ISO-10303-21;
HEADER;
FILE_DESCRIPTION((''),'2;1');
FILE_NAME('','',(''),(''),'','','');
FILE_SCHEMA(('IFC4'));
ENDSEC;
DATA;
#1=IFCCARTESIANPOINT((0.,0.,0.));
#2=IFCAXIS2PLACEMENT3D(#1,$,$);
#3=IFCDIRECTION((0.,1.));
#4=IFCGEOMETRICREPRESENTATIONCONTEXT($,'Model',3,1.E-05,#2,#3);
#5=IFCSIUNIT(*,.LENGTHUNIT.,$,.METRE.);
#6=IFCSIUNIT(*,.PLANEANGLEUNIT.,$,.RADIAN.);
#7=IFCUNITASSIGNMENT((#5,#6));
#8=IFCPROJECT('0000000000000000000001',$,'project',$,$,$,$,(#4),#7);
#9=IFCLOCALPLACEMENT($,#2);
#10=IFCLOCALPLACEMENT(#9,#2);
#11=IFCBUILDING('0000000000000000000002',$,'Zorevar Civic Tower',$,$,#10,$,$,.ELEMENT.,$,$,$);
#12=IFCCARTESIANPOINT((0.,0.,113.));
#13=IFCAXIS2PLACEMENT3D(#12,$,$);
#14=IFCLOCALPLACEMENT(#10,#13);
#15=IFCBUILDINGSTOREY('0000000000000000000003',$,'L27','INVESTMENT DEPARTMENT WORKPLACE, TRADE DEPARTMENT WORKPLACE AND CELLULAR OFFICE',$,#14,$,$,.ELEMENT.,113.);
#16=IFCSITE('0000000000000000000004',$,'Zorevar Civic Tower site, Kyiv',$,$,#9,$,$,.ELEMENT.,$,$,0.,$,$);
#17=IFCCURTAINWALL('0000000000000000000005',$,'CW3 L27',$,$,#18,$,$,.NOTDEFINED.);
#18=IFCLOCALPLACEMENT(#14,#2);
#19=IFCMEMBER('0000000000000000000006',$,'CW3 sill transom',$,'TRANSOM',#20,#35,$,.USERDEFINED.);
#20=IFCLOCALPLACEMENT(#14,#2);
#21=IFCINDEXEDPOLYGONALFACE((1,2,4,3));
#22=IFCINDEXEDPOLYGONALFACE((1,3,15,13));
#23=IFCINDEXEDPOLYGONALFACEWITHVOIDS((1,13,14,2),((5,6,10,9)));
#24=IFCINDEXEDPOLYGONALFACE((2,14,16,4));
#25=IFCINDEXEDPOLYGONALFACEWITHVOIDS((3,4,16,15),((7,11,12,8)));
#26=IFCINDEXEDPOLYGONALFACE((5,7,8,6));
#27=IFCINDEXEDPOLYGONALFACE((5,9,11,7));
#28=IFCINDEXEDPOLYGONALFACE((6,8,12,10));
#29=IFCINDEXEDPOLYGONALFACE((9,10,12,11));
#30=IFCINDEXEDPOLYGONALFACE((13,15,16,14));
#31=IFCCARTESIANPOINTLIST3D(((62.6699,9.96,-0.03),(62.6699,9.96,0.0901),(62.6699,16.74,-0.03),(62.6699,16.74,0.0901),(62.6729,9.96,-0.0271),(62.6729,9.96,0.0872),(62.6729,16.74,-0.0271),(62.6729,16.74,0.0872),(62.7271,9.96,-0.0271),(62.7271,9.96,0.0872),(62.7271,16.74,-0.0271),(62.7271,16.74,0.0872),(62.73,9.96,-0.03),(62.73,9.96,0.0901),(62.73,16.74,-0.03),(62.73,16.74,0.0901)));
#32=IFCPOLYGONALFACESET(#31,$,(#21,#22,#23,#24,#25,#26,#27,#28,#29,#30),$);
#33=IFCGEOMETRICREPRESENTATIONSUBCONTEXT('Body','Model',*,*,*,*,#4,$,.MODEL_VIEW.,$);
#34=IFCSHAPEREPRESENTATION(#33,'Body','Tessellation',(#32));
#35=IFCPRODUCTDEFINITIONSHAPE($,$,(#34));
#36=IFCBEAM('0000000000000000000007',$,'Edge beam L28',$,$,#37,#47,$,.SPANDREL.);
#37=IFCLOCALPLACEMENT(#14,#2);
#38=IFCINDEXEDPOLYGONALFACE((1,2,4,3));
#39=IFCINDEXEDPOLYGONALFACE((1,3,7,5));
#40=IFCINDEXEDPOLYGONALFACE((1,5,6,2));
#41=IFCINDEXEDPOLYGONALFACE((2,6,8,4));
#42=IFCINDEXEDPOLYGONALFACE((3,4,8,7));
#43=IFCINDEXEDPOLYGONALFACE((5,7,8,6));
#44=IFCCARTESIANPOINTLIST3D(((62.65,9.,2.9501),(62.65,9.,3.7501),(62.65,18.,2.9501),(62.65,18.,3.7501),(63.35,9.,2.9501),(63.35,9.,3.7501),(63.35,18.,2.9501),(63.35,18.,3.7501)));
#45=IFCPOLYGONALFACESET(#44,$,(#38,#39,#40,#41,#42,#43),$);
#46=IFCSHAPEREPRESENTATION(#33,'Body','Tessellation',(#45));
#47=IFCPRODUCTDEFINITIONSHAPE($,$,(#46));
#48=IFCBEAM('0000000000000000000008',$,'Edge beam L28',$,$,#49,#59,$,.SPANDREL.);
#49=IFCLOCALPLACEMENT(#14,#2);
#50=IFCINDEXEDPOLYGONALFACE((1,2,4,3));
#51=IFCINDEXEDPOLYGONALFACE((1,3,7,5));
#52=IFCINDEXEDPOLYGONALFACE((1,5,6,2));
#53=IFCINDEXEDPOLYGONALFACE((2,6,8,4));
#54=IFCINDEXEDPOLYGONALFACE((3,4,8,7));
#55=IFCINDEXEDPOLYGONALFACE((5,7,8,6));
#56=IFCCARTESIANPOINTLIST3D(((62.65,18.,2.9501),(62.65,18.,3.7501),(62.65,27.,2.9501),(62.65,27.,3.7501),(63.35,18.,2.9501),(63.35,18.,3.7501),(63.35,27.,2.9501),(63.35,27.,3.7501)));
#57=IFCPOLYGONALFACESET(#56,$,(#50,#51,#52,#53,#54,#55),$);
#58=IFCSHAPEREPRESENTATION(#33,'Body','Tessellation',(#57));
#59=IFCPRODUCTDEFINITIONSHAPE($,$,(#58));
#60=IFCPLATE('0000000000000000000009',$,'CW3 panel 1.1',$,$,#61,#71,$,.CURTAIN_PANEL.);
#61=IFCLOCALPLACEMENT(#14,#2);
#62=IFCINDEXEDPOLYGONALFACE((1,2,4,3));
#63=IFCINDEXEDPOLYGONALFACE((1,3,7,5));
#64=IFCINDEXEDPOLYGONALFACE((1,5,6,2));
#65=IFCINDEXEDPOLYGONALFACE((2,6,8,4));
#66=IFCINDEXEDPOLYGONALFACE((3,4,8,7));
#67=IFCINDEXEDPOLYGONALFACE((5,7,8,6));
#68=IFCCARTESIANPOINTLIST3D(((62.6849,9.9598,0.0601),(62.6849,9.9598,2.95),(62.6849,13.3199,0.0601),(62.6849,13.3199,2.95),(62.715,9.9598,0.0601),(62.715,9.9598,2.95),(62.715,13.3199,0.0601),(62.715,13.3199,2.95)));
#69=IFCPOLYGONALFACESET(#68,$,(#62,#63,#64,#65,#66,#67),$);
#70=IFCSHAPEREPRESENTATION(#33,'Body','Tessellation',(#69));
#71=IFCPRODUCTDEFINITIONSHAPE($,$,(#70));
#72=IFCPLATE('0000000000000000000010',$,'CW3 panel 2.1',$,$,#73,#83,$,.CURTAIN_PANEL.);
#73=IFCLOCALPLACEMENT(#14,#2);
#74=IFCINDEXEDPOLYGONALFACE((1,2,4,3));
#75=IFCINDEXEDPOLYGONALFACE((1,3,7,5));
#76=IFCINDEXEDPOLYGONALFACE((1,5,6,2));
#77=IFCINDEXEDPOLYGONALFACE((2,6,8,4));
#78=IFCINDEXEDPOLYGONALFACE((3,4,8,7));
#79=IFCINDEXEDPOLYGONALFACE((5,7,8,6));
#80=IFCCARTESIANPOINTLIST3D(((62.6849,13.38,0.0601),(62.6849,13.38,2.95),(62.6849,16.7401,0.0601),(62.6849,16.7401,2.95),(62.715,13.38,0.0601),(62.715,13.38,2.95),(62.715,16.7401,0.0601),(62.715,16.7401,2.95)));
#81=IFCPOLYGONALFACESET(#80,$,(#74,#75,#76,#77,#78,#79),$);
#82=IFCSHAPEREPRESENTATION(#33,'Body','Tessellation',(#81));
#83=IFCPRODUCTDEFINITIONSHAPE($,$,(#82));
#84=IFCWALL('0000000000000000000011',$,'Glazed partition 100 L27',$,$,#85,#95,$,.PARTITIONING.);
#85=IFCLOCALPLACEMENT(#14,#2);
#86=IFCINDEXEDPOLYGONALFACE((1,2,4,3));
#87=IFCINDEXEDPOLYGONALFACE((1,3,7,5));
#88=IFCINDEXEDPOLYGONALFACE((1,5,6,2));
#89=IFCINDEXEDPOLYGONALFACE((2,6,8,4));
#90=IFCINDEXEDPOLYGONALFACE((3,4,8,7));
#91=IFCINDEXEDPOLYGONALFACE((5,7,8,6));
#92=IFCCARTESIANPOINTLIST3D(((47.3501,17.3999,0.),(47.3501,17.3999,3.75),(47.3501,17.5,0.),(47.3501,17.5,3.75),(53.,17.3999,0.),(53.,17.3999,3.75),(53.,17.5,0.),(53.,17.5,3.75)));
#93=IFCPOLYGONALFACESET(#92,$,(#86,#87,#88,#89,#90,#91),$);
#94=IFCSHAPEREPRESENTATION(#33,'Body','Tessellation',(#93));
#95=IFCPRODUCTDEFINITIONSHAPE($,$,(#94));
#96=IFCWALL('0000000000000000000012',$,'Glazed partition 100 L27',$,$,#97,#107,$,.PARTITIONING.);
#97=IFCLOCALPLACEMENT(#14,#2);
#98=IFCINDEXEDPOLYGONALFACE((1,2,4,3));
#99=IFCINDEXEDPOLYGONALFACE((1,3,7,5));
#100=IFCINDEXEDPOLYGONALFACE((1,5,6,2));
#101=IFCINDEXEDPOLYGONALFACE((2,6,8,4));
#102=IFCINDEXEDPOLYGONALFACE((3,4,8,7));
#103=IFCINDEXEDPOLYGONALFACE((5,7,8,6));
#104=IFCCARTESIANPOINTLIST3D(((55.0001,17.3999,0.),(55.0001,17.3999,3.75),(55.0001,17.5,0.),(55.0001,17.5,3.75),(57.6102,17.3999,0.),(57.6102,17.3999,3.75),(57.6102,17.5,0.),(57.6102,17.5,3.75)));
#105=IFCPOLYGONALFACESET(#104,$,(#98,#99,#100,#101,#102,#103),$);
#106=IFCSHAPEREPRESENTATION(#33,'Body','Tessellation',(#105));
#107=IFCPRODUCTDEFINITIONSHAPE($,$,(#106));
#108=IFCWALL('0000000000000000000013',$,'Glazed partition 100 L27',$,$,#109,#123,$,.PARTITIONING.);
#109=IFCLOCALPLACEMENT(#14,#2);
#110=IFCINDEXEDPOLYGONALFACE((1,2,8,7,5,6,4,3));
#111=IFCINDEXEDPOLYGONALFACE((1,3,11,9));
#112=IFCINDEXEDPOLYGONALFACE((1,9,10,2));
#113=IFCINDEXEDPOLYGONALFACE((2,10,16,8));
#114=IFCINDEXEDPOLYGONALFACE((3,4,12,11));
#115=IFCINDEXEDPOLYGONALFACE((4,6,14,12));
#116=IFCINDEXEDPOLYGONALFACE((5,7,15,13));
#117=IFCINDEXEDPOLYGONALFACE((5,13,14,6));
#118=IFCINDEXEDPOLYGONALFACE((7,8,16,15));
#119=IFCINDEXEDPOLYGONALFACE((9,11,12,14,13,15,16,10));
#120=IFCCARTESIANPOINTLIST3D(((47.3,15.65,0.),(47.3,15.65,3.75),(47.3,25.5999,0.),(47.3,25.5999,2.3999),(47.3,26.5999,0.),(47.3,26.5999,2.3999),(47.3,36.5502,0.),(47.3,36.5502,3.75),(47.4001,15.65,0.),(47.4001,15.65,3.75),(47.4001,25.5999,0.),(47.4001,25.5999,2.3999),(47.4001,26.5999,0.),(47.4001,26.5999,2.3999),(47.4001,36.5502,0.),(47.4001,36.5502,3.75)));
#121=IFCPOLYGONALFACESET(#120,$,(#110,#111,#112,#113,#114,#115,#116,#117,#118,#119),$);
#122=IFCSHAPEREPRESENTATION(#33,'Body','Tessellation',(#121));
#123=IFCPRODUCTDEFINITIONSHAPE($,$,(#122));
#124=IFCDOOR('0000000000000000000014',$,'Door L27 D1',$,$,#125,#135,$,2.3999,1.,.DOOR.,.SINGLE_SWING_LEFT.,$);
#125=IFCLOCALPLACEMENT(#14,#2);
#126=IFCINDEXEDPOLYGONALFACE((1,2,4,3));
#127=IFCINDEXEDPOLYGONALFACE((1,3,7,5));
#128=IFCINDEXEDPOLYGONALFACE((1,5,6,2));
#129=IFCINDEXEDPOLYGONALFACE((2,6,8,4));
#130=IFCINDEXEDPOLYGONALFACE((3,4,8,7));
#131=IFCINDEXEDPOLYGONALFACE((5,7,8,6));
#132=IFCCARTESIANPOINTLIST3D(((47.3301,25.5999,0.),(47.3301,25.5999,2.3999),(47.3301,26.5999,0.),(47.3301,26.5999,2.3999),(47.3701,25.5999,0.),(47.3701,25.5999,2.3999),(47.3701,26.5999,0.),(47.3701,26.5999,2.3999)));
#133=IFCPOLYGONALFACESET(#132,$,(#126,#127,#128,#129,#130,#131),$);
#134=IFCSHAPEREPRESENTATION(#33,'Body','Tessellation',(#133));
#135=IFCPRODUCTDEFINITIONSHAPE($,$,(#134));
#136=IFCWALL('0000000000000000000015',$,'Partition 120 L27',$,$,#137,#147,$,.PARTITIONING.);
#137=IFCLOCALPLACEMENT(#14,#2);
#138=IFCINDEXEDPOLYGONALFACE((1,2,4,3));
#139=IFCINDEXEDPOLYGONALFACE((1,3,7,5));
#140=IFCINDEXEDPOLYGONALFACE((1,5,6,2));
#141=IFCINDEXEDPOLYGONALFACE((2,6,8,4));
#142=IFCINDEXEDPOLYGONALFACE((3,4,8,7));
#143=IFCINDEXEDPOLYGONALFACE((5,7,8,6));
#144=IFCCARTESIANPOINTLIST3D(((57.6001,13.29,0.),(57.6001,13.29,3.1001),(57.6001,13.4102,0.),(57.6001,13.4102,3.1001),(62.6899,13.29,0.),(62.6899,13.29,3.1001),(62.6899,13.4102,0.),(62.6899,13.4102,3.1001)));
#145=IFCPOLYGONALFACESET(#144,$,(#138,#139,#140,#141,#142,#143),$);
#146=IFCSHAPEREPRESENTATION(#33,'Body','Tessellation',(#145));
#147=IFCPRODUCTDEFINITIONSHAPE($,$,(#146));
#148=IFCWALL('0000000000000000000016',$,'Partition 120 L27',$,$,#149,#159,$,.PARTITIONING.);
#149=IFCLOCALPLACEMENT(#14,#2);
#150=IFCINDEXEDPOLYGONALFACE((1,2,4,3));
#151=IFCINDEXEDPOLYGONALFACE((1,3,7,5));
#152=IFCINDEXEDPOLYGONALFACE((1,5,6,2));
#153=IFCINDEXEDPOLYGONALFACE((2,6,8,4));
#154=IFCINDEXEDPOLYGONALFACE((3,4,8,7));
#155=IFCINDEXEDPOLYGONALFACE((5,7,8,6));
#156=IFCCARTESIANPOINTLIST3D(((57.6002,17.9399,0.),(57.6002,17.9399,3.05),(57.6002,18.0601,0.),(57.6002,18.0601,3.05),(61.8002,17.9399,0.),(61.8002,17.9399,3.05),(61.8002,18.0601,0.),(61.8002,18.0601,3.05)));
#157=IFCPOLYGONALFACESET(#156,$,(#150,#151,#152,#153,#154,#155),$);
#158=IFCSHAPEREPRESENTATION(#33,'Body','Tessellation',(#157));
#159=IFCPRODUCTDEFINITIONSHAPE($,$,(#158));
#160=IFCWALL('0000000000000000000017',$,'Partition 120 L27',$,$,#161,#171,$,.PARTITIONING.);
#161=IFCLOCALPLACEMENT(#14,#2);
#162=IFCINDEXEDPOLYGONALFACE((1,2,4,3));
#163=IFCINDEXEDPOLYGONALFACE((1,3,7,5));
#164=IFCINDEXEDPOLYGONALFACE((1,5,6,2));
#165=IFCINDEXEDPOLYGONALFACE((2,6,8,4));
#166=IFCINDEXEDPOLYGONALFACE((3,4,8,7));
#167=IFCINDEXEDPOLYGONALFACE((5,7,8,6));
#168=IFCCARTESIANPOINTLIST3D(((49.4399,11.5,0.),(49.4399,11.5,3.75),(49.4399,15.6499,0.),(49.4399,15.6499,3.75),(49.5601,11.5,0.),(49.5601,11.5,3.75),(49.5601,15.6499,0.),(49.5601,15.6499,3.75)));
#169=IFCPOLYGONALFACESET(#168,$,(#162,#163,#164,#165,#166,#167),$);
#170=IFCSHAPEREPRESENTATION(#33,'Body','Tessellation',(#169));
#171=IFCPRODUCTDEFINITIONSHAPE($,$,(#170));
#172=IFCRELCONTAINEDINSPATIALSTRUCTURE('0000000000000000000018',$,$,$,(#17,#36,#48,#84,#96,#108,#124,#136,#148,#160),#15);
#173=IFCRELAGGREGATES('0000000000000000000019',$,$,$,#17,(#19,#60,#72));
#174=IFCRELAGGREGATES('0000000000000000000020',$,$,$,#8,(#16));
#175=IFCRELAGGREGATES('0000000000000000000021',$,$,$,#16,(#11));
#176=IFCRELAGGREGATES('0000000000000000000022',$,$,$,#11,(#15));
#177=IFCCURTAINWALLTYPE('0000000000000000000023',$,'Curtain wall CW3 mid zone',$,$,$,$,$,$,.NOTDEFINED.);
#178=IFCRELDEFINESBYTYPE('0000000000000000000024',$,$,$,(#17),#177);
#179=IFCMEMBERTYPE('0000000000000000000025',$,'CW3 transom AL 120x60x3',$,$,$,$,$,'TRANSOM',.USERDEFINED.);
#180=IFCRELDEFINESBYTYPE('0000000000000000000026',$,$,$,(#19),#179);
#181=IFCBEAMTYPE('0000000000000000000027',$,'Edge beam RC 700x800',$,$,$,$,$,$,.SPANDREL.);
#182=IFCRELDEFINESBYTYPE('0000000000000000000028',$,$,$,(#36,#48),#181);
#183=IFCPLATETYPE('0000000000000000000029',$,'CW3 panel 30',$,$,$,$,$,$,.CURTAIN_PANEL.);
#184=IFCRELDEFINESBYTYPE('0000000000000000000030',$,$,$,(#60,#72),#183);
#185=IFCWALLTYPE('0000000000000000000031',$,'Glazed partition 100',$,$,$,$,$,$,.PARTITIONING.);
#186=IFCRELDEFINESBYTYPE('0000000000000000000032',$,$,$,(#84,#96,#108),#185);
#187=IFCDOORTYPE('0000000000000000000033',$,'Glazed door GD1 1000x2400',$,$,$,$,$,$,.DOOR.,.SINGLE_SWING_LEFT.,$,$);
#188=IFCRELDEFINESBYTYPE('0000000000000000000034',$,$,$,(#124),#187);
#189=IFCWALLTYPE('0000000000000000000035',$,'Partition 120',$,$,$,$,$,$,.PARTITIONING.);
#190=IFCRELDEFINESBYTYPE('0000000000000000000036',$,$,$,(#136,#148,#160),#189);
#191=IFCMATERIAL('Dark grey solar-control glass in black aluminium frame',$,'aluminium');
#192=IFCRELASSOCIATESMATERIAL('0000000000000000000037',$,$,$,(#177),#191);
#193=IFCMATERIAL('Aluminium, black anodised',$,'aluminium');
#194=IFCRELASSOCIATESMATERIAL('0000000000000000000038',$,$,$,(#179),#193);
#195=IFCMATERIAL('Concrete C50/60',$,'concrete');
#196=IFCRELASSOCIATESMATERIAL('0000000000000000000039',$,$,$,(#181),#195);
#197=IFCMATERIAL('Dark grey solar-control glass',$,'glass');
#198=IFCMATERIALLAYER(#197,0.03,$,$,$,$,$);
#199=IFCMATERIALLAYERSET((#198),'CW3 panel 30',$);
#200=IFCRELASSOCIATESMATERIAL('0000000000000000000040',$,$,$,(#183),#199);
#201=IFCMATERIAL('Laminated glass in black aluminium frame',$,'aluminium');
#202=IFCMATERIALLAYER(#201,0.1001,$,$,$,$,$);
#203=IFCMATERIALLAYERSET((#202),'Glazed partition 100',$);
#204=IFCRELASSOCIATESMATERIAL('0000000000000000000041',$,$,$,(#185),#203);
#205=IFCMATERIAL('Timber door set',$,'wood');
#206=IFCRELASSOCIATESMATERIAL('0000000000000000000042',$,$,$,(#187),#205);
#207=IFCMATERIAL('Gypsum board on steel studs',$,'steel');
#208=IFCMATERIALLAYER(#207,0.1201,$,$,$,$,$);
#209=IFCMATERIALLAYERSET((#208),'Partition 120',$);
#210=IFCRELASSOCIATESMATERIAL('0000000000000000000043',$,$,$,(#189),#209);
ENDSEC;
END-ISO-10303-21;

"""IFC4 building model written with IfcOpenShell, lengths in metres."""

from ifc_helpers import new_model, si_unit, direction, frame, frame_2d, origin, origin_2d, place, context, subcontext, project, spatial, rectangle, hollow_rectangle, extrude, material, layer, layer_set, material_profile, profile_set, type_object, element, fill, aggregate, save


model = new_model("IFC4")

# Units and contexts
model_context = context("Model", 3, precision=1e-05, world=origin(), true_north=direction((0.0, 1.0)))
body_context = subcontext(model_context, "Body", "Model", "MODEL_VIEW")
ifc_project = project(units=[si_unit("LENGTHUNIT", "METRE"), si_unit("PLANEANGLEUNIT", "RADIAN")], contexts=[model_context])

# Site, building, storey
site_placement = place(None, origin())
site = spatial("IfcSite", under=ifc_project, at=site_placement, Name="Zorevar Civic Tower site, Kyiv", CompositionType="ELEMENT", RefElevation=0.0)
building_placement = place(site_placement, origin())
building = spatial("IfcBuilding", under=site, at=building_placement, Name="Zorevar Civic Tower", CompositionType="ELEMENT")
storey_placement = place(building_placement, frame((0.0, 0.0, 113.0)))
storey = spatial("IfcBuildingStorey", under=building, at=storey_placement, Name="L27", Description="INVESTMENT DEPARTMENT WORKPLACE, TRADE DEPARTMENT WORKPLACE AND CELLULAR OFFICE", CompositionType="ELEMENT", Elevation=113.0)

# Curtain wall
ifc_material_1 = material(Name="Dark grey solar-control glass in black aluminium frame", Category="aluminium")
curtain_wall_type = type_object("IfcCurtainWallType", Name="Curtain wall CW3 mid zone", PredefinedType="NOTDEFINED", material=ifc_material_1)
curtain_wall_1_placement = place(storey_placement, origin())
curtain_wall_1 = element("IfcCurtainWall", 1, at=curtain_wall_1_placement, inside=storey, type_object=curtain_wall_type, Name="CW3 L27", PredefinedType="NOTDEFINED")

# Member
ifc_material_2 = material(Name="Aluminium, black anodised", Category="aluminium")
ifc_material_profile_1 = material_profile(ifc_material_2, hollow_rectangle(XDim=0.0601, YDim=0.1201, WallThickness=0.0029, at=origin_2d()), Name="AL 120x60x3")
ifc_profile_set_1 = profile_set([ifc_material_profile_1], Name="Aluminium, black anodised")
member_type_1 = type_object("IfcMemberType", Name="CW3 transom AL 120x60x3", ElementType="TRANSOM", PredefinedType="USERDEFINED", material=ifc_profile_set_1)
member_1_placement = place(storey_placement, frame((62.7, 9.96, 0.03), z_axis=(0.0, 1.0, 0.0), x_axis=(-1.0, 0.0, 0.0)))
member_1 = element("IfcMember", 2, at=member_1_placement, type_object=member_type_1, Name="CW3 sill transom", ObjectType="TRANSOM", PredefinedType="USERDEFINED", context=body_context, shape_type="SweptSolid", body=[
    extrude(hollow_rectangle(XDim=0.0601, YDim=0.1201, WallThickness=0.0029, at=origin_2d()), origin(), (0.0, 0.0, 1.0), 6.78),
])

# Beams
ifc_material_3 = material(Name="Concrete C50/60", Category="concrete")
ifc_material_profile_2 = material_profile(ifc_material_3, rectangle(XDim=0.7, YDim=0.8, at=origin_2d()), Name="RC 700x800")
ifc_profile_set_2 = profile_set([ifc_material_profile_2], Name="Concrete C50/60")
beam_type_1 = type_object("IfcBeamType", Name="Edge beam RC 700x800", PredefinedType="SPANDREL", material=ifc_profile_set_2)
for number, where, z_axis, x_axis, name in (
    (3, (63.0, 9.0, 3.3501), (0.0, 1.0, 0.0), (-1.0, 0.0, 0.0), "Edge beam L28"),
    (4, (63.0, 18.0, 3.3501), (0.0, 1.0, 0.0), (-1.0, 0.0, 0.0), "Edge beam L28"),
):
    element("IfcBeam", number, at=place(storey_placement, frame(where, z_axis=z_axis, x_axis=x_axis)), inside=storey, type_object=beam_type_1, Name=name, PredefinedType="SPANDREL", context=body_context, shape_type="SweptSolid", body=[
        extrude(rectangle(XDim=0.7, YDim=0.8, at=origin_2d()), origin(), (0.0, 0.0, 1.0), 9.0),
    ])

# Plates
ifc_material_4 = material(Name="Dark grey solar-control glass", Category="glass")
ifc_layer_1 = layer(ifc_material_4, 0.03)
ifc_layer_set_1 = layer_set([ifc_layer_1], Name="CW3 panel 30")
plate_type = type_object("IfcPlateType", Name="CW3 panel 30", PredefinedType="CURTAIN_PANEL", material=ifc_layer_set_1)
plate_1_placement = place(storey_placement, frame((62.7, 11.6399, 0.0601), z_axis=(0.0, 0.0, 1.0), x_axis=(0.0, 1.0, 0.0)))
plate_1 = element("IfcPlate", 5, at=plate_1_placement, type_object=plate_type, Name="CW3 panel 1.1", PredefinedType="CURTAIN_PANEL", context=body_context, shape_type="SweptSolid", body=[
    extrude(rectangle(XDim=3.3601, YDim=0.03, at=origin_2d()), origin(), (0.0, 0.0, 1.0), 2.8899),
])
plate_2_placement = place(storey_placement, frame((62.7, 15.0601, 0.0601), z_axis=(0.0, 0.0, 1.0), x_axis=(0.0, 1.0, 0.0)))
plate_2 = element("IfcPlate", 6, at=plate_2_placement, type_object=plate_type, Name="CW3 panel 2.1", PredefinedType="CURTAIN_PANEL", context=body_context, shape_type="SweptSolid", body=[
    extrude(rectangle(XDim=3.3601, YDim=0.03, at=origin_2d()), origin(), (0.0, 0.0, 1.0), 2.8899),
])
aggregate(curtain_wall_1, [member_1, plate_1, plate_2])

# Walls
ifc_material_5 = material(Name="Laminated glass in black aluminium frame", Category="aluminium")
ifc_layer_2 = layer(ifc_material_5, 0.1001)
ifc_layer_set_2 = layer_set([ifc_layer_2], Name="Glazed partition 100")
wall_type_1 = type_object("IfcWallType", Name="Glazed partition 100", PredefinedType="PARTITIONING", material=ifc_layer_set_2)
wall_1_placement = place(storey_placement, frame((47.3501, 17.45, 0.0), z_axis=(0.0, 0.0, 1.0), x_axis=(1.0, 0.0, 0.0)))
element("IfcWall", 7, at=wall_1_placement, inside=storey, type_object=wall_type_1, Name="Glazed partition 100 L27", PredefinedType="PARTITIONING", context=body_context, shape_type="SweptSolid", body=[
    extrude(rectangle(XDim=5.6499, YDim=0.1001, at=frame_2d((2.825, 0.0))), origin(), (0.0, 0.0, 1.0), 3.75),
])
wall_2_placement = place(storey_placement, frame((55.0, 17.45, 0.0), z_axis=(0.0, 0.0, 1.0), x_axis=(1.0, 0.0, 0.0)))
element("IfcWall", 8, at=wall_2_placement, inside=storey, type_object=wall_type_1, Name="Glazed partition 100 L27", PredefinedType="PARTITIONING", context=body_context, shape_type="SweptSolid", body=[
    extrude(rectangle(XDim=2.6101, YDim=0.1001, at=frame_2d((1.3052, 0.0))), origin(), (0.0, 0.0, 1.0), 3.75),
])

# Wall, opening, door
wall_3_placement = place(storey_placement, frame((47.3501, 15.6499, 0.0), z_axis=(0.0, 0.0, 1.0), x_axis=(0.0, 1.0, 0.0)))
wall_3 = element("IfcWall", 9, at=wall_3_placement, inside=storey, type_object=wall_type_1, Name="Glazed partition 100 L27", PredefinedType="PARTITIONING", context=body_context, shape_type="SweptSolid", body=[
    extrude(rectangle(XDim=20.9001, YDim=0.1001, at=frame_2d((10.4502, 0.0))), origin(), (0.0, 0.0, 1.0), 3.75),
])
opening_1_placement = place(wall_3_placement, frame((9.95, 0.0, 0.0)))
opening_1 = element("IfcOpeningElement", 10, at=opening_1_placement, cuts=wall_3, PredefinedType="OPENING", context=body_context, shape_type="SweptSolid", body=[
    extrude(rectangle(XDim=1.0, YDim=2.3999, at=frame_2d((0.5, 1.2))), frame((0.0, 0.0601, 0.0), z_axis=(0.0, -1.0, 0.0), x_axis=(1.0, 0.0, 0.0)), (0.0, 0.0, 1.0), 0.1201),
])
ifc_material_6 = material(Name="Timber door set", Category="wood")
door_type_1 = type_object("IfcDoorType", Name="Glazed door GD1 1000x2400", OperationType="SINGLE_SWING_LEFT", PredefinedType="DOOR", material=ifc_material_6)
door_1_placement = place(opening_1_placement, origin())
door_1 = element("IfcDoor", 11, at=door_1_placement, inside=storey, type_object=door_type_1, Name="Door L27 D1", OperationType="SINGLE_SWING_LEFT", OverallHeight=2.3999, OverallWidth=1.0, PredefinedType="DOOR", context=body_context, shape_type="SweptSolid", body=[
    extrude(rectangle(XDim=1.0, YDim=2.3999, at=frame_2d((0.5, 1.2))), frame((0.0, 0.02, 0.0), z_axis=(0.0, -1.0, 0.0), x_axis=(1.0, 0.0, 0.0)), (0.0, 0.0, 1.0), 0.04),
])
fill(opening_1, door_1)

# Walls
ifc_material_7 = material(Name="Gypsum board on steel studs", Category="steel")
ifc_layer_3 = layer(ifc_material_7, 0.1201)
ifc_layer_set_3 = layer_set([ifc_layer_3], Name="Partition 120")
wall_type_2 = type_object("IfcWallType", Name="Partition 120", PredefinedType="PARTITIONING", material=ifc_layer_set_3)
wall_4_placement = place(storey_placement, frame((57.6001, 13.3501, 0.0), z_axis=(0.0, 0.0, 1.0), x_axis=(1.0, 0.0, 0.0)))
element("IfcWall", 12, at=wall_4_placement, inside=storey, type_object=wall_type_2, Name="Partition 120 L27", PredefinedType="PARTITIONING", context=body_context, shape_type="SweptSolid", body=[
    extrude(rectangle(XDim=5.0898, YDim=0.1201, at=frame_2d((2.5449, 0.0))), origin(), (0.0, 0.0, 1.0), 3.1001),
])
wall_5_placement = place(storey_placement, frame((57.6001, 18.0, 0.0), z_axis=(0.0, 0.0, 1.0), x_axis=(1.0, 0.0, 0.0)))
element("IfcWall", 13, at=wall_5_placement, inside=storey, type_object=wall_type_2, Name="Partition 120 L27", PredefinedType="PARTITIONING", context=body_context, shape_type="SweptSolid", body=[
    extrude(rectangle(XDim=4.2, YDim=0.1201, at=frame_2d((2.1001, 0.0))), origin(), (0.0, 0.0, 1.0), 3.05),
])
wall_6_placement = place(storey_placement, frame((49.5, 11.5, 0.0), z_axis=(0.0, 0.0, 1.0), x_axis=(0.0, 1.0, 0.0)))
element("IfcWall", 14, at=wall_6_placement, inside=storey, type_object=wall_type_2, Name="Partition 120 L27", PredefinedType="PARTITIONING", context=body_context, shape_type="SweptSolid", body=[
    extrude(rectangle(XDim=4.1499, YDim=0.1201, at=frame_2d((2.075, 0.0))), origin(), (0.0, 0.0, 1.0), 3.75),
])

save(model, "model.ifc")
